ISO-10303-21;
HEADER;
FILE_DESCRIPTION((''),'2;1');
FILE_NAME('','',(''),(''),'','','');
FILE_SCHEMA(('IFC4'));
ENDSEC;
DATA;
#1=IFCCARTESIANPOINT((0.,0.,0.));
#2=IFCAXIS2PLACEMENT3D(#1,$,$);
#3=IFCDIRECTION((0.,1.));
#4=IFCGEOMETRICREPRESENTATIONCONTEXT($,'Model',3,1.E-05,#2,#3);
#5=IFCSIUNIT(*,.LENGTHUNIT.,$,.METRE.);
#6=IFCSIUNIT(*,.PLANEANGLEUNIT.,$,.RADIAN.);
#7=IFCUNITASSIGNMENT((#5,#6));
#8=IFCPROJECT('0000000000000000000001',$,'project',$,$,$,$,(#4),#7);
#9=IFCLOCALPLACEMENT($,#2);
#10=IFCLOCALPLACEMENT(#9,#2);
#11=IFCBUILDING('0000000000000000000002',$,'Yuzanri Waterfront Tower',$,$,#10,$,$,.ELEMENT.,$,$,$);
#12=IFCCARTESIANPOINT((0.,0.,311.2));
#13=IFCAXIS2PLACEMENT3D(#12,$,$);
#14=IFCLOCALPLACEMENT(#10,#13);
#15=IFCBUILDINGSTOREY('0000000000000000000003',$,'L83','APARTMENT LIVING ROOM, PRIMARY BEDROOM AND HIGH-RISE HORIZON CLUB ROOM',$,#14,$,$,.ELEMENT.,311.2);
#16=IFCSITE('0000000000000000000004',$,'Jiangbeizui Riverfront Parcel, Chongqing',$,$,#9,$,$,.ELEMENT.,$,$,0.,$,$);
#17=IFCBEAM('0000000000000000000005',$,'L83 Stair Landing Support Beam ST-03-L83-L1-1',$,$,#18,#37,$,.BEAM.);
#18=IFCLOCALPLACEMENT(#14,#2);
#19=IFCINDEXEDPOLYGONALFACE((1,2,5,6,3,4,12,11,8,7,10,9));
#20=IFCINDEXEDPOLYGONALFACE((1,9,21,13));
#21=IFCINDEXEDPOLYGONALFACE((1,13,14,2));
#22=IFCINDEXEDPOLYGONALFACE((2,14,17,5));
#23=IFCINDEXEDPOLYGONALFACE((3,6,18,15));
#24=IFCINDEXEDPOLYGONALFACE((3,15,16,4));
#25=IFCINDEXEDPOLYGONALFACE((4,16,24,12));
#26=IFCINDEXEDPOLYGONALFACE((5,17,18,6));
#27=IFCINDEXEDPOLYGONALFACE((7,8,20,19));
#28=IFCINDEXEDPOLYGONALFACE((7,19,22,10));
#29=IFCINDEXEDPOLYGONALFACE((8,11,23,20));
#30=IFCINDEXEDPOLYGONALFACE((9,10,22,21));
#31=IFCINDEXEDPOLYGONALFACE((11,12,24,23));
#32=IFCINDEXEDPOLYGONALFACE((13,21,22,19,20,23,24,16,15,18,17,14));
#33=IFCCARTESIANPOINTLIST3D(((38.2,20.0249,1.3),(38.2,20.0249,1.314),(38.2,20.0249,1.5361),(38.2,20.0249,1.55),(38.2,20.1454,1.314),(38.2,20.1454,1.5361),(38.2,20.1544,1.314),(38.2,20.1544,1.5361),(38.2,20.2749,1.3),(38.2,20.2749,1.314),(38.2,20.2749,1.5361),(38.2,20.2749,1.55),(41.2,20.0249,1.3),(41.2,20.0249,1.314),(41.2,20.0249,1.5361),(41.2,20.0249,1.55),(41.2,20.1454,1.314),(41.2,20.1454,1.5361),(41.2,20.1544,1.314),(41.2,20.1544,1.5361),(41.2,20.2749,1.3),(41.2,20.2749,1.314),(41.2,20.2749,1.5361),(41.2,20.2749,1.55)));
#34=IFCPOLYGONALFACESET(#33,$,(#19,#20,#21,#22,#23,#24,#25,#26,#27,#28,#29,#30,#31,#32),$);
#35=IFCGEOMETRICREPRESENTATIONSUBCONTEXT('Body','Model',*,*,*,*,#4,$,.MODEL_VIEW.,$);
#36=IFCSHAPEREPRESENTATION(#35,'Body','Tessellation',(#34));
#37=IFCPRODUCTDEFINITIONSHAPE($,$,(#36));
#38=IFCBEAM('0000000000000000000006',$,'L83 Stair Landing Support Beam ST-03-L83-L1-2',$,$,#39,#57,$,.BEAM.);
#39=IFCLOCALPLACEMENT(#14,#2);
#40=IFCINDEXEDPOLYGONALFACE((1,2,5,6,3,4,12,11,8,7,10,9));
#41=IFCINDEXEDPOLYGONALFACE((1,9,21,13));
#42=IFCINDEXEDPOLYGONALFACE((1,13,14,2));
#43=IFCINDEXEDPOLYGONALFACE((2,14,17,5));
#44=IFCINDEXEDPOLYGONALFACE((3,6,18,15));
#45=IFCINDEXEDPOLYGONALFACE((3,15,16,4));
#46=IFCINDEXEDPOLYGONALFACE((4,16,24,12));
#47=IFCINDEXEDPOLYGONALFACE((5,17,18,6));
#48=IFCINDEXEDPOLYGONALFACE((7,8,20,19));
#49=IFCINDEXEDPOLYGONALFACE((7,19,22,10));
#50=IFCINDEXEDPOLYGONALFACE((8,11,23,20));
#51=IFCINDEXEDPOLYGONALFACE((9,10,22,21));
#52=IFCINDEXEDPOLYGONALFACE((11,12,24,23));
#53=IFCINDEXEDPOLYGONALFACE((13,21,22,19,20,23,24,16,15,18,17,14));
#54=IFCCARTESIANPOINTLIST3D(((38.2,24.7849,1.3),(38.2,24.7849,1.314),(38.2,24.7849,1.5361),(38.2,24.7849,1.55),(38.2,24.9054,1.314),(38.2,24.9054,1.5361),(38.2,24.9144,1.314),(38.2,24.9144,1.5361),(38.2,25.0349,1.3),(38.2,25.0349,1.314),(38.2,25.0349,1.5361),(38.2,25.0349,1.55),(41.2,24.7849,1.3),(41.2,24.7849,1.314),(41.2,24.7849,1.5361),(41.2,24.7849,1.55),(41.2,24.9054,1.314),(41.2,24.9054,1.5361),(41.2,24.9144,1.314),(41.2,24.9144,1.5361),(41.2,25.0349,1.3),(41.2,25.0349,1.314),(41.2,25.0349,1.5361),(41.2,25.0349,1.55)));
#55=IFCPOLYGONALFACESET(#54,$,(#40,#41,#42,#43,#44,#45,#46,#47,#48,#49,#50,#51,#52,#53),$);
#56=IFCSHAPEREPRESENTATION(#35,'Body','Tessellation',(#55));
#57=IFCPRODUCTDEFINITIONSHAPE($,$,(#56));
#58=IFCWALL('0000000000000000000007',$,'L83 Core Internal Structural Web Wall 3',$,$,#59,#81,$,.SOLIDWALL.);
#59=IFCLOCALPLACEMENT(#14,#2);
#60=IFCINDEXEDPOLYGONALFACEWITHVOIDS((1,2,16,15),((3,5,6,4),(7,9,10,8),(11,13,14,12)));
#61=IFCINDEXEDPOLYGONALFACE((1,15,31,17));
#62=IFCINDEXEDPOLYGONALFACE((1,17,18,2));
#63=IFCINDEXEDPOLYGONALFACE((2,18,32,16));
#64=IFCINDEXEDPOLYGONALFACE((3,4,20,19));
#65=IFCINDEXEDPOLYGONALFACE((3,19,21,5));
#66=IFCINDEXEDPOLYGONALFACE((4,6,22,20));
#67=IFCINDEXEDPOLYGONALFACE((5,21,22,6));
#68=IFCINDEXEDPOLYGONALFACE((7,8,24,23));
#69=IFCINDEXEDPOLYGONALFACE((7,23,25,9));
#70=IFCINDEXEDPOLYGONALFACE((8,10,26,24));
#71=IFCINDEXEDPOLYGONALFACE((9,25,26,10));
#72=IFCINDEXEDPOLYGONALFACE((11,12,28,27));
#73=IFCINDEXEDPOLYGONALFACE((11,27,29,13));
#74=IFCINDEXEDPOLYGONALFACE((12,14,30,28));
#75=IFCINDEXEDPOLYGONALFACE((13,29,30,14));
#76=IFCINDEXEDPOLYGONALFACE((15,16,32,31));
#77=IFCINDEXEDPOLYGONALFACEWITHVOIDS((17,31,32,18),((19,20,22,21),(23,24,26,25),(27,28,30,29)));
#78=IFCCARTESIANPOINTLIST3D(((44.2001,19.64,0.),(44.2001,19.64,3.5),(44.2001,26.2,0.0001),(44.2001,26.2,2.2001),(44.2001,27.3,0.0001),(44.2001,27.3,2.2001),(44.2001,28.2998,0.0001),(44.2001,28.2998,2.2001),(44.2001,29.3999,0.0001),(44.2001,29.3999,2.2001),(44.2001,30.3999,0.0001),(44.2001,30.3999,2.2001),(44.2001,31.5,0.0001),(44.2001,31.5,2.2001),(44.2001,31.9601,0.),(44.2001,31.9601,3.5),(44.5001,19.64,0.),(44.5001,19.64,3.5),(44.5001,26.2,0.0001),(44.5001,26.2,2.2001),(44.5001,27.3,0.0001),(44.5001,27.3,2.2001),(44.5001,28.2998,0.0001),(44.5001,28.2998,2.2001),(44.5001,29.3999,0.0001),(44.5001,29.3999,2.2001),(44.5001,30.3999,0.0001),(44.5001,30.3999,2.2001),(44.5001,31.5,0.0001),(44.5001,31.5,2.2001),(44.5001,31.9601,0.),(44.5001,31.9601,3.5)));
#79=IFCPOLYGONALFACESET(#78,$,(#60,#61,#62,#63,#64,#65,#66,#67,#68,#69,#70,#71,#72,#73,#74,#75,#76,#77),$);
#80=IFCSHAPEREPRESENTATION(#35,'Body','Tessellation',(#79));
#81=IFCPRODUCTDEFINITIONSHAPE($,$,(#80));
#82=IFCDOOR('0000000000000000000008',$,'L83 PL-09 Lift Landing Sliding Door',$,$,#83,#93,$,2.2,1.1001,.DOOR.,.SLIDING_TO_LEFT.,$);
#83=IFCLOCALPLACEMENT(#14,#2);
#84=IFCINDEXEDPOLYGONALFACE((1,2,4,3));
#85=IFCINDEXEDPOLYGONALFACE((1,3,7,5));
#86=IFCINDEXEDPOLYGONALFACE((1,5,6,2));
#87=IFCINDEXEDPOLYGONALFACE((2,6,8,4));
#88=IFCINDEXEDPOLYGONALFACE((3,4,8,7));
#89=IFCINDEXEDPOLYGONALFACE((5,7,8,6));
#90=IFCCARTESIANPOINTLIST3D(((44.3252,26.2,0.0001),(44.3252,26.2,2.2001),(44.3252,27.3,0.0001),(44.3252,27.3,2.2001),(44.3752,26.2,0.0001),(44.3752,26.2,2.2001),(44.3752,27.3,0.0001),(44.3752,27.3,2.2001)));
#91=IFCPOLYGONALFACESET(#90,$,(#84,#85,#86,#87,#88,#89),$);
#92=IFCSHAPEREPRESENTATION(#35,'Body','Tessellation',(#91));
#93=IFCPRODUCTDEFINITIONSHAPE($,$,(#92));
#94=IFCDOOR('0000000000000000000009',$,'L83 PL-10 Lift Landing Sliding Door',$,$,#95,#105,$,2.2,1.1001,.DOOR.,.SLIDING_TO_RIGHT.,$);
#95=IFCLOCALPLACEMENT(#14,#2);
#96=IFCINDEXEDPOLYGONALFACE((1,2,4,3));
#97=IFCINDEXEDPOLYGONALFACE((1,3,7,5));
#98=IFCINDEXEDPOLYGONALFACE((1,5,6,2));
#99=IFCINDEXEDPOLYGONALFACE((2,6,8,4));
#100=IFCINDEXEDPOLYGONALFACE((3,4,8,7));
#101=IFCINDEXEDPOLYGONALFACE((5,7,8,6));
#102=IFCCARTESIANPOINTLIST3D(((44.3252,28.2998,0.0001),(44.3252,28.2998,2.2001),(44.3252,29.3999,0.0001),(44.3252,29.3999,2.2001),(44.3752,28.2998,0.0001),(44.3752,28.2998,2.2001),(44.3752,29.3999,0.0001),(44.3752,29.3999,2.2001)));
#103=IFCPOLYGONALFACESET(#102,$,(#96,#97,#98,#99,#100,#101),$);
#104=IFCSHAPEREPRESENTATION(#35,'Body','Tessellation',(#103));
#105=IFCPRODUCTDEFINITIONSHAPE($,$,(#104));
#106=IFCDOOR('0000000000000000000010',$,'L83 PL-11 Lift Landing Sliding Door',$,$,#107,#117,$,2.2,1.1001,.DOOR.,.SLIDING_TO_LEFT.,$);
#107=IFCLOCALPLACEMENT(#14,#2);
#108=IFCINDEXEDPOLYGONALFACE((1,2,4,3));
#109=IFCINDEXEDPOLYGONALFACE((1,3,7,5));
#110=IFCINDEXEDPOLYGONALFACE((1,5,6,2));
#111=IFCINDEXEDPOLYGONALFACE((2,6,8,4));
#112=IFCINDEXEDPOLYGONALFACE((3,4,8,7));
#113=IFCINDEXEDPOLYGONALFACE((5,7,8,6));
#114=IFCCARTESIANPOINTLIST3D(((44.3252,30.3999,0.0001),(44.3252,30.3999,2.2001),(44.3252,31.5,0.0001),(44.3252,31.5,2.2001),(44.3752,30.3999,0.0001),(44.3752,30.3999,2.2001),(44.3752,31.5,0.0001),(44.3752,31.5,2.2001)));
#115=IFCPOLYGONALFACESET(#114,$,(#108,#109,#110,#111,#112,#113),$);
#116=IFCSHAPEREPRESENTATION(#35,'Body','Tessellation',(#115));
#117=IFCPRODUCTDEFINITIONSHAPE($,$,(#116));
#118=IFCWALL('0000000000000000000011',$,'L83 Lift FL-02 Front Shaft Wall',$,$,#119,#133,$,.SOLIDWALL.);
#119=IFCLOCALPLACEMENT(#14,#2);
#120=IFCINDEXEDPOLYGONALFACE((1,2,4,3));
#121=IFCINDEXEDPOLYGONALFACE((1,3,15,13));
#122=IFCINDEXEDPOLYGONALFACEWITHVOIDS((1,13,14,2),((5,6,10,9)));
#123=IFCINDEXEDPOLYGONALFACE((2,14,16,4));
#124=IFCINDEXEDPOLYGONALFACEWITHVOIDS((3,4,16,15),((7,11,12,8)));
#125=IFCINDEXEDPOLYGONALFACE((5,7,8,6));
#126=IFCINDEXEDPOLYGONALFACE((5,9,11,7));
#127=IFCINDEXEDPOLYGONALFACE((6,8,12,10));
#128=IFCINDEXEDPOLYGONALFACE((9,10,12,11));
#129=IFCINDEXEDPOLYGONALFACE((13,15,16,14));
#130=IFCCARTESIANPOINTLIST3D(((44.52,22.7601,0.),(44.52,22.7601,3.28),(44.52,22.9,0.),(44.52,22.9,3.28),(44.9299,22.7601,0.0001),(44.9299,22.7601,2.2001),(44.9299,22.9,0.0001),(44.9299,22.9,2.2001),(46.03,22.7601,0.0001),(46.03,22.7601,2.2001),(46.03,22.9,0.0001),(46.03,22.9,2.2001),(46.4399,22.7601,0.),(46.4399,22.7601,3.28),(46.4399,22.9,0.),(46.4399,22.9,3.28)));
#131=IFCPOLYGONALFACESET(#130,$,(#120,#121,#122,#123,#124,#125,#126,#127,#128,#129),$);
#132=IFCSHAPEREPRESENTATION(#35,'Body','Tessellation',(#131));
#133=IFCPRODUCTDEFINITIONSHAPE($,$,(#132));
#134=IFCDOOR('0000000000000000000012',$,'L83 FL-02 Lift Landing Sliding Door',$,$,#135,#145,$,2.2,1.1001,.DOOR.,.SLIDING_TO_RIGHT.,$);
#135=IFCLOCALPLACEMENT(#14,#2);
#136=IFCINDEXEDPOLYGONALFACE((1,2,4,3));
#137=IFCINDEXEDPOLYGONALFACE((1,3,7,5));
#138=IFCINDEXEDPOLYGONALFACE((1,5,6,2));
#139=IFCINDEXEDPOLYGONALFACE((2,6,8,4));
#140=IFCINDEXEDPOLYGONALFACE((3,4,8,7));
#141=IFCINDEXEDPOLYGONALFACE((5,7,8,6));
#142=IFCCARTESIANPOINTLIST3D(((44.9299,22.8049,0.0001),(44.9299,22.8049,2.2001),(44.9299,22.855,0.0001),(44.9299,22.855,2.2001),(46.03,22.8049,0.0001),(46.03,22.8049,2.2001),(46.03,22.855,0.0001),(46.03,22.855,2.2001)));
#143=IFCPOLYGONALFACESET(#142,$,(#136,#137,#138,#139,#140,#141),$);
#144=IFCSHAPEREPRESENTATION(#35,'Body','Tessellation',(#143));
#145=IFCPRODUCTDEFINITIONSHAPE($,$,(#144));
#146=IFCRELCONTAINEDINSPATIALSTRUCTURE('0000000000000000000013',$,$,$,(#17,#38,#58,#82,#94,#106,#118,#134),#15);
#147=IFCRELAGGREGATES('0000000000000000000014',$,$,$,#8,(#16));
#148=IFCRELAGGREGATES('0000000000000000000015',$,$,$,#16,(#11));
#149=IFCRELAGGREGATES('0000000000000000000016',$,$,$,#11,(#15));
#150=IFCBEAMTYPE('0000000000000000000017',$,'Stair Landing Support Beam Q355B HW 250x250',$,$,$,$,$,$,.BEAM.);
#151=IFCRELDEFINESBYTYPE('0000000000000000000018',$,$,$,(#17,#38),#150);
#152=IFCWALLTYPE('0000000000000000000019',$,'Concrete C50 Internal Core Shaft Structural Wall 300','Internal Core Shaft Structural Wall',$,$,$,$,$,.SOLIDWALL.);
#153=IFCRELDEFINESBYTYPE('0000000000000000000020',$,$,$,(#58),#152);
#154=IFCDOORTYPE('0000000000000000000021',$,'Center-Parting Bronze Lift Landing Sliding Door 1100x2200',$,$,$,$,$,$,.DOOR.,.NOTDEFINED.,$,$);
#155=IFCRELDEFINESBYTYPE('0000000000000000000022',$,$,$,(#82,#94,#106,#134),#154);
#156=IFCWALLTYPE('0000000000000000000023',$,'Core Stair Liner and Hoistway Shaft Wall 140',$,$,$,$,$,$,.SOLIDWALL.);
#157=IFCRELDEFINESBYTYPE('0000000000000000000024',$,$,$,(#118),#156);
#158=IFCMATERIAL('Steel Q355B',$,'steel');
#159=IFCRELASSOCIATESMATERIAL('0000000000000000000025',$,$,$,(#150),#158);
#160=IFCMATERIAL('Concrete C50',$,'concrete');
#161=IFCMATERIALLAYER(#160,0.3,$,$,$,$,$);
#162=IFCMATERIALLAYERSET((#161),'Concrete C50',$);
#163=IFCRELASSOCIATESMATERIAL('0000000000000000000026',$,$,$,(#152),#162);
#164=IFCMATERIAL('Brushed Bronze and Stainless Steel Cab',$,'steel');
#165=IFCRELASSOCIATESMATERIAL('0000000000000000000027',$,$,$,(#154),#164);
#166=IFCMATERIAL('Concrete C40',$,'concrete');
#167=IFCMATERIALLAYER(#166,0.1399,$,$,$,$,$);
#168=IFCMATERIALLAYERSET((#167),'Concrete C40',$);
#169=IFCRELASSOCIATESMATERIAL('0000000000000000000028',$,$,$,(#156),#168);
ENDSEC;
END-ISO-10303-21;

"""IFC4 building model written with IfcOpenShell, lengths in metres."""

from ifc_helpers import new_model, si_unit, direction, frame, frame_2d, origin, origin_2d, place, context, subcontext, project, spatial, rectangle, i_section, extrude, source, transform, mapped, material, layer, layer_set, material_profile, profile_set, type_object, element, fill, save


model = new_model("IFC4")

# Units and contexts
model_context = context("Model", 3, precision=1e-05, world=origin(), true_north=direction((0.0, 1.0)))
body_context = subcontext(model_context, "Body", "Model", "MODEL_VIEW")
ifc_project = project(units=[si_unit("LENGTHUNIT", "METRE"), si_unit("PLANEANGLEUNIT", "RADIAN")], contexts=[model_context])

# Site, building, storey
site_placement = place(None, origin())
site = spatial("IfcSite", under=ifc_project, at=site_placement, Name="Jiangbeizui Riverfront Parcel, Chongqing", CompositionType="ELEMENT", RefElevation=0.0)
building_placement = place(site_placement, origin())
building = spatial("IfcBuilding", under=site, at=building_placement, Name="Yuzanri Waterfront Tower", CompositionType="ELEMENT")
storey_placement = place(building_placement, frame((0.0, 0.0, 311.2)))
storey = spatial("IfcBuildingStorey", under=building, at=storey_placement, Name="L83", Description="APARTMENT LIVING ROOM, PRIMARY BEDROOM AND HIGH-RISE HORIZON CLUB ROOM", CompositionType="ELEMENT", Elevation=311.2)

# Beams
ifc_material_1 = material(Name="Steel Q355B", Category="steel")
ifc_material_profile = material_profile(ifc_material_1, i_section(OverallWidth=0.25, OverallDepth=0.25, WebThickness=0.009, FlangeThickness=0.0139, at=origin_2d()), Name="HW 250x250x9x14")
ifc_profile_set = profile_set([ifc_material_profile], Name="Steel Q355B")
beam_type = type_object("IfcBeamType", Name="Stair Landing Support Beam Q355B HW 250x250", PredefinedType="BEAM", material=ifc_profile_set)
shared_shape_1 = source(origin(), body_context, "Body", "SweptSolid", [
    extrude(i_section(OverallWidth=0.25, OverallDepth=0.25, WebThickness=0.009, FlangeThickness=0.0139, at=origin_2d()), origin(), (0.0, 0.0, 1.0), 3.0),
])
for number, where, z_axis, x_axis, name in (
    (1, (38.2, 20.1499, 1.425), (1.0, 0.0, 0.0), (0.0, 1.0, 0.0), "L83 Stair Landing Support Beam ST-03-L83-L1-1"),
    (2, (38.2, 24.9099, 1.425), (1.0, 0.0, 0.0), (0.0, 1.0, 0.0), "L83 Stair Landing Support Beam ST-03-L83-L1-2"),
):
    element("IfcBeam", number, at=place(storey_placement, frame(where, z_axis=z_axis, x_axis=x_axis)), inside=storey, type_object=beam_type, Name=name, PredefinedType="BEAM", context=body_context, shape_type="MappedRepresentation", body=[
        mapped(shared_shape_1, transform((0.0, 0.0, 0.0), scale=1.0)),
    ])

# Wall, openings, doors
ifc_material_2 = material(Name="Concrete C50", Category="concrete")
ifc_layer_1 = layer(ifc_material_2, 0.3)
ifc_layer_set_1 = layer_set([ifc_layer_1], Name="Concrete C50")
wall_type_1 = type_object("IfcWallType", Name="Concrete C50 Internal Core Shaft Structural Wall 300", Description="Internal Core Shaft Structural Wall", PredefinedType="SOLIDWALL", material=ifc_layer_set_1)
wall_1_placement = place(storey_placement, frame((44.3501, 19.6399, 0.0), z_axis=(0.0, 0.0, 1.0), x_axis=(0.0, 1.0, 0.0)))
wall_1 = element("IfcWall", 3, at=wall_1_placement, inside=storey, type_object=wall_type_1, Name="L83 Core Internal Structural Web Wall 3", PredefinedType="SOLIDWALL", context=body_context, shape_type="SweptSolid", body=[
    extrude(rectangle(XDim=12.3201, YDim=0.3, at=frame_2d((6.1602, 0.0))), origin(), (0.0, 0.0, 1.0), 3.5),
])
opening_1_placement = place(wall_1_placement, frame((6.5601, 0.0, 0.0)))
opening_1 = element("IfcOpeningElement", 4, at=opening_1_placement, cuts=wall_1, PredefinedType="OPENING", context=body_context, shape_type="SweptSolid", body=[
    extrude(rectangle(XDim=1.1001, YDim=2.2, at=frame_2d((0.55, 1.1001))), frame((0.0, 0.165, 0.0), z_axis=(0.0, -1.0, 0.0), x_axis=(1.0, 0.0, 0.0)), (0.0, 0.0, 1.0), 0.3298),
])
opening_2_placement = place(wall_1_placement, frame((8.6599, 0.0, 0.0)))
opening_2 = element("IfcOpeningElement", 5, at=opening_2_placement, cuts=wall_1, PredefinedType="OPENING", context=body_context, shape_type="SweptSolid", body=[
    extrude(rectangle(XDim=1.1001, YDim=2.2, at=frame_2d((0.55, 1.1001))), frame((0.0, 0.165, 0.0), z_axis=(0.0, -1.0, 0.0), x_axis=(1.0, 0.0, 0.0)), (0.0, 0.0, 1.0), 0.3298),
])
opening_3_placement = place(wall_1_placement, frame((10.76, 0.0, 0.0)))
opening_3 = element("IfcOpeningElement", 6, at=opening_3_placement, cuts=wall_1, PredefinedType="OPENING", context=body_context, shape_type="SweptSolid", body=[
    extrude(rectangle(XDim=1.1001, YDim=2.2, at=frame_2d((0.55, 1.1001))), frame((0.0, 0.165, 0.0), z_axis=(0.0, -1.0, 0.0), x_axis=(1.0, 0.0, 0.0)), (0.0, 0.0, 1.0), 0.3298),
])
ifc_material_3 = material(Name="Brushed Bronze and Stainless Steel Cab", Category="steel")
door_type_1 = type_object("IfcDoorType", Name="Center-Parting Bronze Lift Landing Sliding Door 1100x2200", OperationType="NOTDEFINED", PredefinedType="DOOR", material=ifc_material_3)
shared_shape_2 = source(origin(), body_context, "Body", "SweptSolid", [
    extrude(rectangle(XDim=1.1001, YDim=2.2, at=frame_2d((0.55, 1.1001))), frame((0.0, 0.0249, 0.0), z_axis=(0.0, -1.0, 0.0), x_axis=(1.0, 0.0, 0.0)), (0.0, 0.0, 1.0), 0.05),
])
door_1_placement = place(opening_1_placement, origin())
door_1 = element("IfcDoor", 7, at=door_1_placement, inside=storey, type_object=door_type_1, Name="L83 PL-09 Lift Landing Sliding Door", OperationType="SLIDING_TO_LEFT", OverallHeight=2.2, OverallWidth=1.1001, PredefinedType="DOOR", context=body_context, shape_type="MappedRepresentation", body=[
    mapped(shared_shape_2, transform((0.0, 0.0, 0.0), scale=1.0)),
])
fill(opening_1, door_1)
door_2_placement = place(opening_2_placement, origin())
door_2 = element("IfcDoor", 8, at=door_2_placement, inside=storey, type_object=door_type_1, Name="L83 PL-10 Lift Landing Sliding Door", OperationType="SLIDING_TO_RIGHT", OverallHeight=2.2, OverallWidth=1.1001, PredefinedType="DOOR", context=body_context, shape_type="MappedRepresentation", body=[
    mapped(shared_shape_2, transform((0.0, 0.0, 0.0), scale=1.0)),
])
fill(opening_2, door_2)
door_3_placement = place(opening_3_placement, origin())
door_3 = element("IfcDoor", 9, at=door_3_placement, inside=storey, type_object=door_type_1, Name="L83 PL-11 Lift Landing Sliding Door", OperationType="SLIDING_TO_LEFT", OverallHeight=2.2, OverallWidth=1.1001, PredefinedType="DOOR", context=body_context, shape_type="MappedRepresentation", body=[
    mapped(shared_shape_2, transform((0.0, 0.0, 0.0), scale=1.0)),
])
fill(opening_3, door_3)

# Wall, opening, door
ifc_material_4 = material(Name="Concrete C40", Category="concrete")
ifc_layer_2 = layer(ifc_material_4, 0.1399)
ifc_layer_set_2 = layer_set([ifc_layer_2], Name="Concrete C40")
wall_type_2 = type_object("IfcWallType", Name="Core Stair Liner and Hoistway Shaft Wall 140", PredefinedType="SOLIDWALL", material=ifc_layer_set_2)
wall_2_placement = place(storey_placement, frame((44.52, 22.8301, 0.0), z_axis=(0.0, 0.0, 1.0), x_axis=(1.0, 0.0, 0.0)))
wall_2 = element("IfcWall", 10, at=wall_2_placement, inside=storey, type_object=wall_type_2, Name="L83 Lift FL-02 Front Shaft Wall", PredefinedType="SOLIDWALL", context=body_context, shape_type="SweptSolid", body=[
    extrude(rectangle(XDim=1.9199, YDim=0.1399, at=frame_2d((0.96, 0.0))), origin(), (0.0, 0.0, 1.0), 3.28),
])
opening_4_placement = place(wall_2_placement, frame((0.4099, 0.0, 0.0)))
opening_4 = element("IfcOpeningElement", 11, at=opening_4_placement, cuts=wall_2, PredefinedType="OPENING", context=body_context, shape_type="SweptSolid", body=[
    extrude(rectangle(XDim=1.1001, YDim=2.2, at=frame_2d((0.55, 1.1001))), frame((0.0, 0.085, 0.0), z_axis=(0.0, -1.0, 0.0), x_axis=(1.0, 0.0, 0.0)), (0.0, 0.0, 1.0), 0.1697),
])
door_4_placement = place(opening_4_placement, origin())
door_4 = element("IfcDoor", 12, at=door_4_placement, inside=storey, type_object=door_type_1, Name="L83 FL-02 Lift Landing Sliding Door", OperationType="SLIDING_TO_RIGHT", OverallHeight=2.2, OverallWidth=1.1001, PredefinedType="DOOR", context=body_context, shape_type="MappedRepresentation", body=[
    mapped(shared_shape_2, transform((0.0, 0.0, 0.0), scale=1.0)),
])
fill(opening_4, door_4)

save(model, "model.ifc")
